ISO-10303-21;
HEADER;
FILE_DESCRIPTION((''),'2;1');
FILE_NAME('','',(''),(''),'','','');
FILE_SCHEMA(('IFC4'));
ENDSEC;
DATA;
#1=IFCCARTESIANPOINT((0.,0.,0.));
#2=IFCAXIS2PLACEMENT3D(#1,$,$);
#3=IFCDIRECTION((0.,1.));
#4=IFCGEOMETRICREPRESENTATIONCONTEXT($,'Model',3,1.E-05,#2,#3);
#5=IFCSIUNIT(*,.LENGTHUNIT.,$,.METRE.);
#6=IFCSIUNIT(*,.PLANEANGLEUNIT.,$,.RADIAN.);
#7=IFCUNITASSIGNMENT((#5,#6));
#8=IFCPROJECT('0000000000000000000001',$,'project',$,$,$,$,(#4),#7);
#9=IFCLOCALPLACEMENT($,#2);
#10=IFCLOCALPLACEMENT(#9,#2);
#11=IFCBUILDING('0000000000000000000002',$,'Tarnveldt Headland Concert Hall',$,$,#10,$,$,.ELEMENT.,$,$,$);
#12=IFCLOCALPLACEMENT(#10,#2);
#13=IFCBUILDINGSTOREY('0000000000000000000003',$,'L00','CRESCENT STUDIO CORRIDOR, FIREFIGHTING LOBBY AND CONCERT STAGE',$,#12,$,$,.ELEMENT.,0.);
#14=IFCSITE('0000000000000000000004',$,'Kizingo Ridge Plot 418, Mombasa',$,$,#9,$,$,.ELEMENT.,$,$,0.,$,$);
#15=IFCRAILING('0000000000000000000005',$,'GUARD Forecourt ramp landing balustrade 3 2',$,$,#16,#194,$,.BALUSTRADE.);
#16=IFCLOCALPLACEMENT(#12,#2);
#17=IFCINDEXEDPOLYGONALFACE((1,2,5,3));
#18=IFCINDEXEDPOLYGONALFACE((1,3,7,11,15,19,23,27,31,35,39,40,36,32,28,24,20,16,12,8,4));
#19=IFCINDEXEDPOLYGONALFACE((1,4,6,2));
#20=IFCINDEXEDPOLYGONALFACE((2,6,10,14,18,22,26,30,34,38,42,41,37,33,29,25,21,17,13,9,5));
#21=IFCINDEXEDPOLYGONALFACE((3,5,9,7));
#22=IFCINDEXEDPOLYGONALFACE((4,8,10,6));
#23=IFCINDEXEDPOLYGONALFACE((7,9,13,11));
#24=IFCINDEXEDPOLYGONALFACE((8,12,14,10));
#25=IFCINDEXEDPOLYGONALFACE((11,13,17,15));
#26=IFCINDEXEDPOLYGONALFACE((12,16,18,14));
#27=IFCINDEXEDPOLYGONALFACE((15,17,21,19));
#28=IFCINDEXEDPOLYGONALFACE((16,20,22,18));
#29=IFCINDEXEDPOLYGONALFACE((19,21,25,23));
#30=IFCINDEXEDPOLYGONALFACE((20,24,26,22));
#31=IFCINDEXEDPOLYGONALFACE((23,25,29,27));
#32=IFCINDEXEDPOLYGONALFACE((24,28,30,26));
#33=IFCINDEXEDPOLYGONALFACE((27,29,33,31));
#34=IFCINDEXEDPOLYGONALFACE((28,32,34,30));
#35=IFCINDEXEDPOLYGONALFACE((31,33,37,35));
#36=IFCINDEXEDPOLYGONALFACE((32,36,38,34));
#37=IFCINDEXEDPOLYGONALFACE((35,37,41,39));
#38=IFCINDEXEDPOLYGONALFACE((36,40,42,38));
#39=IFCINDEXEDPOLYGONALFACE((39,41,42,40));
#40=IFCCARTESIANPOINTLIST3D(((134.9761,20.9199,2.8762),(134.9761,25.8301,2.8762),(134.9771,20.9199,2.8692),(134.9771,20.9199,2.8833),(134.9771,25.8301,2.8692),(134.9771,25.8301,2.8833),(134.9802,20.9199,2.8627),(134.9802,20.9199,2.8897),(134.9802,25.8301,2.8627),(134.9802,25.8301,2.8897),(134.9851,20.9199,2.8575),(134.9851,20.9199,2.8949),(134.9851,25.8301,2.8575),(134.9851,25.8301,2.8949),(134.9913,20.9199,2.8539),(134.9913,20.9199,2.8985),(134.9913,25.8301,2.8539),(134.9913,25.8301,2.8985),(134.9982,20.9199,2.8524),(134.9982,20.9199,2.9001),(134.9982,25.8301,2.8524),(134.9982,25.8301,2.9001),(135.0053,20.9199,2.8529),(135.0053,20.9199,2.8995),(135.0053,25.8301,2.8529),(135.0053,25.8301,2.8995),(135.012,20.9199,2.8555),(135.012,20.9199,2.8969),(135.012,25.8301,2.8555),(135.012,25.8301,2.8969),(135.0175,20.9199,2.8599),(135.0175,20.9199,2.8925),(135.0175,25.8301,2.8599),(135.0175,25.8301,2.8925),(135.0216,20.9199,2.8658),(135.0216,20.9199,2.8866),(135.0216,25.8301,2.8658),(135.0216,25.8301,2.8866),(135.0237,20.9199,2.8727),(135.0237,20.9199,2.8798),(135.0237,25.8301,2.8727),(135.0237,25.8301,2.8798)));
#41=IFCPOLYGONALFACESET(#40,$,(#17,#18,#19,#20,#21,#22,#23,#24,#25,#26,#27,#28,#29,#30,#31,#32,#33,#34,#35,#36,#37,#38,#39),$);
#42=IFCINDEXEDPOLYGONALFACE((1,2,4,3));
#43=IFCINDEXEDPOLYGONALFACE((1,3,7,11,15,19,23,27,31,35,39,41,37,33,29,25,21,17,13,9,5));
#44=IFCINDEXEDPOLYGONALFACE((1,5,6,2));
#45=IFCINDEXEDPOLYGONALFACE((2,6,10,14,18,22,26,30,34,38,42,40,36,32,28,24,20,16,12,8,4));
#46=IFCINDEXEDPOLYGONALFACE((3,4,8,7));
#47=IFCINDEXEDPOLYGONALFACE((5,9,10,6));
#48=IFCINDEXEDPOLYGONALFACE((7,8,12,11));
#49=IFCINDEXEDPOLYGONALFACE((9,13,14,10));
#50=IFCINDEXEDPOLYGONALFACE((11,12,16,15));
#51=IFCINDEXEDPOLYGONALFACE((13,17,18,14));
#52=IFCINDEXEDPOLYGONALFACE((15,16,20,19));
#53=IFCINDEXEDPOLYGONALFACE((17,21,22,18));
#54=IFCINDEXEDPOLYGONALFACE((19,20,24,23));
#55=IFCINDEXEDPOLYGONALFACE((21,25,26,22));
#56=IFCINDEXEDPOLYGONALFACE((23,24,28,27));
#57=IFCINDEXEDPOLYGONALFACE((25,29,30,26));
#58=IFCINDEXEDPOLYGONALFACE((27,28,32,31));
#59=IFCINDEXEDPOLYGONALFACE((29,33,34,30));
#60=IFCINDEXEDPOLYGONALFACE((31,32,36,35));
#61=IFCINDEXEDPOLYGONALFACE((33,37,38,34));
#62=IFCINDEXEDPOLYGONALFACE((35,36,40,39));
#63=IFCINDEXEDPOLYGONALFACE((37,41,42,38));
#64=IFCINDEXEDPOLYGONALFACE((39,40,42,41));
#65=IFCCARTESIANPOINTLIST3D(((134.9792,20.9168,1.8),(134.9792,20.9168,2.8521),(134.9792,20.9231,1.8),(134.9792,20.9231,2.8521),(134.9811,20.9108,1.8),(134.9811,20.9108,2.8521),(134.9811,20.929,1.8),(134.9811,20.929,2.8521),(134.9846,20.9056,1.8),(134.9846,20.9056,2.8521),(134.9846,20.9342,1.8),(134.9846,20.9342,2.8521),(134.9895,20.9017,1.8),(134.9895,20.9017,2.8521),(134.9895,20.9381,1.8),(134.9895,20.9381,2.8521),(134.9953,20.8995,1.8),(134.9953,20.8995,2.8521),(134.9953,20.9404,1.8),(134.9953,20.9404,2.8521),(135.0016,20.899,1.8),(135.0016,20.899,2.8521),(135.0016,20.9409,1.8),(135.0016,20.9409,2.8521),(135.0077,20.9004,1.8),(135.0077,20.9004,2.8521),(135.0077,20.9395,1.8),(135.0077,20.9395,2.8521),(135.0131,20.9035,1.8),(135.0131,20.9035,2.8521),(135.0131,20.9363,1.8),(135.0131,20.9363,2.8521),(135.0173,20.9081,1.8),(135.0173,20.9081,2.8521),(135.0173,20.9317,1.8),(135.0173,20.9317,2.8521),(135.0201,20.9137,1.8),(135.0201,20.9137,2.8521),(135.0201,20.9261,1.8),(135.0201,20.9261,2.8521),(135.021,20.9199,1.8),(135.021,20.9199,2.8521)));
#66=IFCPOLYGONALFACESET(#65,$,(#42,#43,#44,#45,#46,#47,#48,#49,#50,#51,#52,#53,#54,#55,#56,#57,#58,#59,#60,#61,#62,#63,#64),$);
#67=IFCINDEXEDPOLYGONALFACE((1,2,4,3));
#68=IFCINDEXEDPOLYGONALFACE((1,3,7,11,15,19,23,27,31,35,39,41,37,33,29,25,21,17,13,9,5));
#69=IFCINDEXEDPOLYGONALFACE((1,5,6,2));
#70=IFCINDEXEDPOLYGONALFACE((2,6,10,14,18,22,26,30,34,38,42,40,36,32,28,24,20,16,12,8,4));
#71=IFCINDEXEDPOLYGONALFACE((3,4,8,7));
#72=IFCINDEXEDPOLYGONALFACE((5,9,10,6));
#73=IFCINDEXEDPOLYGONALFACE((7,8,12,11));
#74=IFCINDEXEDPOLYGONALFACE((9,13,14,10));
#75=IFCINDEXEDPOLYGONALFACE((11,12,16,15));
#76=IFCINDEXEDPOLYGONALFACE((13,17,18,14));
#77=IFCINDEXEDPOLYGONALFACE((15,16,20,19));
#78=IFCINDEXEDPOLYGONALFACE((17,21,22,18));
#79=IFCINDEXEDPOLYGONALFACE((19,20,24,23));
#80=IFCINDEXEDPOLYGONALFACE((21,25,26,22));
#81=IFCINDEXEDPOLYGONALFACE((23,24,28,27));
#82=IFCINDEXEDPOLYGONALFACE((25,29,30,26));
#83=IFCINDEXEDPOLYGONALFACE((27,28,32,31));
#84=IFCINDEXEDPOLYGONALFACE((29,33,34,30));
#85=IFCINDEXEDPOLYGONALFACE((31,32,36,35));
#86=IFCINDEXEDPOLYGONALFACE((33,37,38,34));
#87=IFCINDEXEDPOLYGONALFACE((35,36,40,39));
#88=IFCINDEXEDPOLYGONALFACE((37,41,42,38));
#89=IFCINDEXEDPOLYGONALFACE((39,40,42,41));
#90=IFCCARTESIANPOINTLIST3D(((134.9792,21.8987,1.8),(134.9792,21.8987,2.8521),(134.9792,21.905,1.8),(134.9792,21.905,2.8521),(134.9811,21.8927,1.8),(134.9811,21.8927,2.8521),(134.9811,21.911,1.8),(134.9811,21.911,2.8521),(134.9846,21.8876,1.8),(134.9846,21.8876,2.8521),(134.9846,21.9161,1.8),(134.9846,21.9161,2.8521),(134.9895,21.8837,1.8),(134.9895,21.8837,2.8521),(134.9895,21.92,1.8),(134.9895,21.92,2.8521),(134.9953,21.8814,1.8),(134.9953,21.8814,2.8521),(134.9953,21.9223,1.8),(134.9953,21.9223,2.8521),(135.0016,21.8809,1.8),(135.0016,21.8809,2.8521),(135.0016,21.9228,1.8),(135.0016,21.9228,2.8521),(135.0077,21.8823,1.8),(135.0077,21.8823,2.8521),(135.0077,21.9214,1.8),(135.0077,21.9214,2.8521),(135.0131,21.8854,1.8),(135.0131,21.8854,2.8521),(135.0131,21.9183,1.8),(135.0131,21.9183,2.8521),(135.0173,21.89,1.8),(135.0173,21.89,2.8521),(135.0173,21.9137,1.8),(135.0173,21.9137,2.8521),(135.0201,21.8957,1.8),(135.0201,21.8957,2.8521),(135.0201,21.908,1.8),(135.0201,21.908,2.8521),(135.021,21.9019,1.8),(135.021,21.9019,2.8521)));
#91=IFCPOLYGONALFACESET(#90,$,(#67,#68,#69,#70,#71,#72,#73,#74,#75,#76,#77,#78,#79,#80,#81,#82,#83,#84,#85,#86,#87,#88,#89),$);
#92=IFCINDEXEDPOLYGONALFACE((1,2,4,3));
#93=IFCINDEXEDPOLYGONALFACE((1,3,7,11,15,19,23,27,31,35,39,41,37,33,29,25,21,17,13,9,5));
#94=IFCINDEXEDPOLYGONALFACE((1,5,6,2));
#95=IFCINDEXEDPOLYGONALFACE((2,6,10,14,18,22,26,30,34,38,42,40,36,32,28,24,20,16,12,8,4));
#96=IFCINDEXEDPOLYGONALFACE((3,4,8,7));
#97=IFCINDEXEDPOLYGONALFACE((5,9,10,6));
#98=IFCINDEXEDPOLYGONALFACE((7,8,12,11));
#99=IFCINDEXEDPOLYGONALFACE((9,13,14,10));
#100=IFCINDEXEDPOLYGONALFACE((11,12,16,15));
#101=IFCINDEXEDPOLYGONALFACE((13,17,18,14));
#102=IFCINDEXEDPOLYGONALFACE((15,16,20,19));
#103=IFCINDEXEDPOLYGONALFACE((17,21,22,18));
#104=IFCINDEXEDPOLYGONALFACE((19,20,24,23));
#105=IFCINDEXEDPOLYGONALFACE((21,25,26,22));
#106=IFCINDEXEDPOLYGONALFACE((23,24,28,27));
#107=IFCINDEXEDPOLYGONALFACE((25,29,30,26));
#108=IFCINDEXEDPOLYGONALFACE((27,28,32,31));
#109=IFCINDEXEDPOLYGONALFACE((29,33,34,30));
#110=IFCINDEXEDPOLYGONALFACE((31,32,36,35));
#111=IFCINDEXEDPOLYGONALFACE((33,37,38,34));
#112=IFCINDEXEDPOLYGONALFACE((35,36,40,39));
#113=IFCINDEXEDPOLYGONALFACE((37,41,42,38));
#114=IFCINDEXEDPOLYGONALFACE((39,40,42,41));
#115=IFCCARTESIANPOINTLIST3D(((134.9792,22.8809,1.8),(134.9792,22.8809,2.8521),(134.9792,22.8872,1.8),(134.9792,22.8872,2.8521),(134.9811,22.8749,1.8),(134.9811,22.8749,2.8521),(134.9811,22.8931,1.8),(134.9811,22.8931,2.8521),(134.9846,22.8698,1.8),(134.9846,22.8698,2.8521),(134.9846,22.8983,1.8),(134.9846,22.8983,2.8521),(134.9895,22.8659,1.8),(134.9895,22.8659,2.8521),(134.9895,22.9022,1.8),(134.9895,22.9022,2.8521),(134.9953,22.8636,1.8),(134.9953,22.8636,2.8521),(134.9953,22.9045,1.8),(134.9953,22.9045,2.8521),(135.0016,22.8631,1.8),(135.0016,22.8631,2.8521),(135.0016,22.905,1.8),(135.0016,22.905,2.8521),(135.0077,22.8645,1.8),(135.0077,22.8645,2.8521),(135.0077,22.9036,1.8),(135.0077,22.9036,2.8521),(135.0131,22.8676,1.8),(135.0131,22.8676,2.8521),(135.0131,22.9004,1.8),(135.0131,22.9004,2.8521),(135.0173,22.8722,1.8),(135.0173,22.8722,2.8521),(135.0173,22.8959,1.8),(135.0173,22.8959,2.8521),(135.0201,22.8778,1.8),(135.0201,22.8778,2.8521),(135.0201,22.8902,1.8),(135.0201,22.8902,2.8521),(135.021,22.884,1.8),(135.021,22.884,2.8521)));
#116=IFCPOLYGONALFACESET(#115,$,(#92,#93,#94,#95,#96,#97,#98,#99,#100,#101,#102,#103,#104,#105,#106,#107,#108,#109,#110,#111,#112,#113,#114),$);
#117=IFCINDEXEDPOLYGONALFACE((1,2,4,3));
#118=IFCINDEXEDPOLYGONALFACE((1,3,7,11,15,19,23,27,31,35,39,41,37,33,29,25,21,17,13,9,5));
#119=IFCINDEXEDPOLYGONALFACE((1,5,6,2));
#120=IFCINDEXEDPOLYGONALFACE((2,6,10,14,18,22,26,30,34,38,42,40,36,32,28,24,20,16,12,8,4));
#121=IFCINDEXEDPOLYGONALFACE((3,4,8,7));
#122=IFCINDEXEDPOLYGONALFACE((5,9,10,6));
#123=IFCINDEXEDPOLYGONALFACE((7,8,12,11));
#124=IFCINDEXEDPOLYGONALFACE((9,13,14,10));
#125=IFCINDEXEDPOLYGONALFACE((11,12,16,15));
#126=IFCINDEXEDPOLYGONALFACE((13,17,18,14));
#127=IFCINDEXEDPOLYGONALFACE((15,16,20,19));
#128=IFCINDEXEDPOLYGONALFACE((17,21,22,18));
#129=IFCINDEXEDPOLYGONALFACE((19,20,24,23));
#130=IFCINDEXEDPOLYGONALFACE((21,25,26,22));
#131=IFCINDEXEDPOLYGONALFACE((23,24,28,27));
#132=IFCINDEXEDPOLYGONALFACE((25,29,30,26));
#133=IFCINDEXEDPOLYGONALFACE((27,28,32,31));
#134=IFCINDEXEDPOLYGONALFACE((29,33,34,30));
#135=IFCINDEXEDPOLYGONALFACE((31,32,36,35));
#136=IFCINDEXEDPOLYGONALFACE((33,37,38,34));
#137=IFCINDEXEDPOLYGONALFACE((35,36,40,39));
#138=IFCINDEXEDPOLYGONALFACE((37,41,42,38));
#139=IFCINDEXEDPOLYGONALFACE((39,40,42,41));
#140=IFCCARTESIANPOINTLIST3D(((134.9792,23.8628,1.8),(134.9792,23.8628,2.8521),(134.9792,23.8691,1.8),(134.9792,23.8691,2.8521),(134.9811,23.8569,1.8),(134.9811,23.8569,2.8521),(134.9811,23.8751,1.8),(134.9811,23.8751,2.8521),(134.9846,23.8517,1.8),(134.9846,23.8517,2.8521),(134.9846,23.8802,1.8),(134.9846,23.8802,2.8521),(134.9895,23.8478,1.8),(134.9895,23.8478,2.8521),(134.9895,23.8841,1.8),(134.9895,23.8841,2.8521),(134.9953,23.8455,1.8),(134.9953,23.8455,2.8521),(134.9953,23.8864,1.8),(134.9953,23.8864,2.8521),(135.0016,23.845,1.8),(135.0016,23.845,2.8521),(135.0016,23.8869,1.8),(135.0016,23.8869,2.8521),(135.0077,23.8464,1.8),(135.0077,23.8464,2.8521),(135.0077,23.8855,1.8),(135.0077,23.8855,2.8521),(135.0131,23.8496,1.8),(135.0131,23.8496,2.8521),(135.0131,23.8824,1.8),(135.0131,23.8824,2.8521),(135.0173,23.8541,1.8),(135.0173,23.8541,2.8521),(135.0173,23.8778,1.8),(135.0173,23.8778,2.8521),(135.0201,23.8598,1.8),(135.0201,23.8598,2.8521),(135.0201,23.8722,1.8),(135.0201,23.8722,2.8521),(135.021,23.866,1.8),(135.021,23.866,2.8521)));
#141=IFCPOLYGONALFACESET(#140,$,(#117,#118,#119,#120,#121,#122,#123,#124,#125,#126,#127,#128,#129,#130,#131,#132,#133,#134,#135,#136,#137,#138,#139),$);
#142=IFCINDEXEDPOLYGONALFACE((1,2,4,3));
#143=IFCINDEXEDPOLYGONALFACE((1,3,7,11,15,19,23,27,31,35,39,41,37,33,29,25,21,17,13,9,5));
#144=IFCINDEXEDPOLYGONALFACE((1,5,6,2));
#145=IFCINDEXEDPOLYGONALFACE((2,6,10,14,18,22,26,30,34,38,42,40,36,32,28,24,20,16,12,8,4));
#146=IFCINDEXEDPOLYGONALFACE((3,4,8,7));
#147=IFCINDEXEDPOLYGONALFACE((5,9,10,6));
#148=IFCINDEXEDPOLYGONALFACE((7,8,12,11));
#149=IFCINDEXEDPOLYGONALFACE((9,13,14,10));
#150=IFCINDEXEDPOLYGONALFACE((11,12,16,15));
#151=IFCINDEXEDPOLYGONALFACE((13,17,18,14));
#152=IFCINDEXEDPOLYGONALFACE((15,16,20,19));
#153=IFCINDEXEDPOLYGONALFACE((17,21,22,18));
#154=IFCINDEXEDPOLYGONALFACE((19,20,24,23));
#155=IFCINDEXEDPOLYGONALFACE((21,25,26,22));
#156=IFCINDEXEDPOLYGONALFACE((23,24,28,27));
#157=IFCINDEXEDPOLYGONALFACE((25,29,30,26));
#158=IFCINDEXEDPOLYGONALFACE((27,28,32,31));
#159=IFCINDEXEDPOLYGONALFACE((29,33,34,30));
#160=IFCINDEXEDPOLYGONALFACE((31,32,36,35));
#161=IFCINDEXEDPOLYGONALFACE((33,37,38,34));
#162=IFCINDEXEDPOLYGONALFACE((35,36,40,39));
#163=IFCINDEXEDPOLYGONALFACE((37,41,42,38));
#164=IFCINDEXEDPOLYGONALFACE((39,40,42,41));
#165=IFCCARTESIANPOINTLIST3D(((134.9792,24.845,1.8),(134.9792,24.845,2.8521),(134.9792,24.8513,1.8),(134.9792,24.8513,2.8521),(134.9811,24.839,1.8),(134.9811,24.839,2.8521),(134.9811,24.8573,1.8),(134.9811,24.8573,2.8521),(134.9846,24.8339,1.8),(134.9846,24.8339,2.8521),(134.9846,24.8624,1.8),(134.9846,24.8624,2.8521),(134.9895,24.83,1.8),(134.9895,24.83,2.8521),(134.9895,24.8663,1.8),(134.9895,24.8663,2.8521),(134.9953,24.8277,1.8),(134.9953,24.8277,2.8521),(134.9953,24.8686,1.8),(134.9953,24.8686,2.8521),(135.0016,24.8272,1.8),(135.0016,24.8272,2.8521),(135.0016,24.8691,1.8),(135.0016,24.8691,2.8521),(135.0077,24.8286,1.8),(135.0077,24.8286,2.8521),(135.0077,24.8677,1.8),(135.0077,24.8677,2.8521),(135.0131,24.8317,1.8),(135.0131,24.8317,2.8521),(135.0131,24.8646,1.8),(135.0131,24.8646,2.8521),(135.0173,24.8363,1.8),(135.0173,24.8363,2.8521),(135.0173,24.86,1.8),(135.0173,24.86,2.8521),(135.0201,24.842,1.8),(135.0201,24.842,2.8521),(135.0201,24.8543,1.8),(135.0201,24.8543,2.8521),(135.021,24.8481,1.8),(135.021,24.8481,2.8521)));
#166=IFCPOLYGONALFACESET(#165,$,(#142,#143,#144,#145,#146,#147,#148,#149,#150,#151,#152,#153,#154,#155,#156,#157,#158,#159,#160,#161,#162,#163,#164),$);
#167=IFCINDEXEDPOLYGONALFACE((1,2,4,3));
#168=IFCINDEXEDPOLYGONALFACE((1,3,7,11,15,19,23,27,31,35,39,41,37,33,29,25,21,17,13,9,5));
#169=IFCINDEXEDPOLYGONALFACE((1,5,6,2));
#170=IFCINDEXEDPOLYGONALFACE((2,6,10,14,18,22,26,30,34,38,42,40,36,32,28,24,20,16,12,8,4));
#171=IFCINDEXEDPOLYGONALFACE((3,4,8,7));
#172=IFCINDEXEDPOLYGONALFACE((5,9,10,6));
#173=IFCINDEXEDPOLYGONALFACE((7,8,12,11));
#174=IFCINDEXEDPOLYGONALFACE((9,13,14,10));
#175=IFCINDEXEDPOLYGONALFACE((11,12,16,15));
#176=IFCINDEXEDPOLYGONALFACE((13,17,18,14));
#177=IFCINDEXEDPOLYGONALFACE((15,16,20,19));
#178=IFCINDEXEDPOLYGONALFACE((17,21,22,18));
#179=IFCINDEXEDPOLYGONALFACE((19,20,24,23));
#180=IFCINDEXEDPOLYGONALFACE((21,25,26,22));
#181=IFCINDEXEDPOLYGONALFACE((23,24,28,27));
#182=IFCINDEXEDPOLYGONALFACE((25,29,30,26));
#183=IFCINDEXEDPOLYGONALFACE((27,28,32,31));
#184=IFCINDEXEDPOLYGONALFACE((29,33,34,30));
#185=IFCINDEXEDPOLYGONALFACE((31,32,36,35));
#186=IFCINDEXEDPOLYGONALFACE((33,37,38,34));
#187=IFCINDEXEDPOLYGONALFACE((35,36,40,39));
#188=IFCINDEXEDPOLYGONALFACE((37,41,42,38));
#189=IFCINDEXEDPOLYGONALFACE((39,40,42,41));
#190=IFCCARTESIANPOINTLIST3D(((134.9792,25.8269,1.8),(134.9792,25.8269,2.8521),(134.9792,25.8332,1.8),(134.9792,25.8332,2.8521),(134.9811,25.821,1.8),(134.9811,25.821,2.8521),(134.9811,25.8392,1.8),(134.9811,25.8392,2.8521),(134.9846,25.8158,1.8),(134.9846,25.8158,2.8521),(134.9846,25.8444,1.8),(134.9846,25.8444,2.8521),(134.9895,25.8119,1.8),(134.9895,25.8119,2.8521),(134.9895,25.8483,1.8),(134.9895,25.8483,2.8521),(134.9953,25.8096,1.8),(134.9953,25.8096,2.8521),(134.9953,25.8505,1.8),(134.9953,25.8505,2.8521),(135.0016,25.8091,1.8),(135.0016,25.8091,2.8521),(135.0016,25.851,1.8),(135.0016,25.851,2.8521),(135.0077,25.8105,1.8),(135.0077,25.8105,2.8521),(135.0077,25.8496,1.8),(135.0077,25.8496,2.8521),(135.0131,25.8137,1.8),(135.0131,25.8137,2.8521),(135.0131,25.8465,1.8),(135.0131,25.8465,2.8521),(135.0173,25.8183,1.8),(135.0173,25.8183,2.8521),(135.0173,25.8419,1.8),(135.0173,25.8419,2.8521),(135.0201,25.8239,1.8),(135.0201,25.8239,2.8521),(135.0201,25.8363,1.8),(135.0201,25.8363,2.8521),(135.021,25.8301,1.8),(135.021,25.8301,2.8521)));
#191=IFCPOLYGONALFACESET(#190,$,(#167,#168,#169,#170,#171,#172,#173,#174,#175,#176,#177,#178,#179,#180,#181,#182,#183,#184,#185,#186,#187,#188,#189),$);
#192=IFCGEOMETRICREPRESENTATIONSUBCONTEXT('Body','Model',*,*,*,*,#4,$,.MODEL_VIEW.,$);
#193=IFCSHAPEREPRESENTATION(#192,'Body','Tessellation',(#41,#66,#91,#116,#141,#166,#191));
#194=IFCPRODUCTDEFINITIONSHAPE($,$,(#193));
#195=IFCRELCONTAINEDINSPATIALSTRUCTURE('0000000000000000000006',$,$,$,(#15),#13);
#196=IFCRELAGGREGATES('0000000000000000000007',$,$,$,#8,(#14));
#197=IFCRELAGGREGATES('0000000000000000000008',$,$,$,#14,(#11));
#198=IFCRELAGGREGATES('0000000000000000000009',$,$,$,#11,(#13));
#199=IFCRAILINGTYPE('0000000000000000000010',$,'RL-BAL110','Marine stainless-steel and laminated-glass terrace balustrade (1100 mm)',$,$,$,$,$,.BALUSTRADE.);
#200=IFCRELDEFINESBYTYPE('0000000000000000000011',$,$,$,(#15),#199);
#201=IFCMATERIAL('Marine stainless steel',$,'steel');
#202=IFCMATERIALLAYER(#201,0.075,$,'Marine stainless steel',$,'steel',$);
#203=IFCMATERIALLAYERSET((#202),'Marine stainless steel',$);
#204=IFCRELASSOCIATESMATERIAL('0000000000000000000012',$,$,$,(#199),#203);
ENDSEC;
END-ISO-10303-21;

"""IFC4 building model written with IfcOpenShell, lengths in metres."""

from ifc_helpers import new_model, si_unit, direction, frame, origin, origin_2d, place, context, subcontext, project, spatial, circle, extrude, material, layer, layer_set, type_object, element, save


model = new_model("IFC4")

# Units and contexts
model_context = context("Model", 3, precision=1e-05, world=origin(), true_north=direction((0.0, 1.0)))
body_context = subcontext(model_context, "Body", "Model", "MODEL_VIEW")
ifc_project = project(units=[si_unit("LENGTHUNIT", "METRE"), si_unit("PLANEANGLEUNIT", "RADIAN")], contexts=[model_context])

# Site, building, storey
site_placement = place(None, origin())
site = spatial("IfcSite", under=ifc_project, at=site_placement, Name="Kizingo Ridge Plot 418, Mombasa", CompositionType="ELEMENT", RefElevation=0.0)
building_placement = place(site_placement, origin())
building = spatial("IfcBuilding", under=site, at=building_placement, Name="Tarnveldt Headland Concert Hall", CompositionType="ELEMENT")
storey_placement = place(building_placement, origin())
storey = spatial("IfcBuildingStorey", under=building, at=storey_placement, Name="L00", Description="CRESCENT STUDIO CORRIDOR, FIREFIGHTING LOBBY AND CONCERT STAGE", CompositionType="ELEMENT", Elevation=0.0)

# Railing
ifc_material_1 = material(Name="Marine stainless steel", Category="steel")
ifc_layer_1 = layer(ifc_material_1, 0.075, Name="Marine stainless steel", Category="steel")
ifc_layer_set_1 = layer_set([ifc_layer_1], Name="Marine stainless steel")
railing_type = type_object("IfcRailingType", Name="RL-BAL110", Description="Marine stainless-steel and laminated-glass terrace balustrade (1100 mm)", PredefinedType="BALUSTRADE", material=ifc_layer_set_1)
railing_1_placement = place(storey_placement, frame((135.0, 20.9199, 1.8)))
element("IfcRailing", 1, at=railing_1_placement, inside=storey, type_object=railing_type, Name="GUARD Forecourt ramp landing balustrade 3 2", PredefinedType="BALUSTRADE", context=body_context, shape_type="SweptSolid", body=[
    extrude(circle(Radius=0.0239, at=origin_2d()), frame((0.0, 0.0, 1.0762), z_axis=(0.0, 1.0, 0.0), x_axis=(-1.0, 0.0, 0.0)), (0.0, 0.0, 1.0), 4.9102),
    extrude(circle(Radius=0.021, at=origin_2d()), origin(), (0.0, 0.0, 1.0), 1.052),
    extrude(circle(Radius=0.021, at=origin_2d()), frame((0.0, 0.9819, 0.0)), (0.0, 0.0, 1.0), 1.052),
    extrude(circle(Radius=0.021, at=origin_2d()), frame((0.0, 1.9641, 0.0)), (0.0, 0.0, 1.0), 1.052),
    extrude(circle(Radius=0.021, at=origin_2d()), frame((0.0, 2.946, 0.0)), (0.0, 0.0, 1.0), 1.052),
    extrude(circle(Radius=0.021, at=origin_2d()), frame((0.0, 3.9282, 0.0)), (0.0, 0.0, 1.0), 1.052),
    extrude(circle(Radius=0.021, at=origin_2d()), frame((0.0, 4.9102, 0.0)), (0.0, 0.0, 1.0), 1.052),
])

save(model, "model.ifc")
